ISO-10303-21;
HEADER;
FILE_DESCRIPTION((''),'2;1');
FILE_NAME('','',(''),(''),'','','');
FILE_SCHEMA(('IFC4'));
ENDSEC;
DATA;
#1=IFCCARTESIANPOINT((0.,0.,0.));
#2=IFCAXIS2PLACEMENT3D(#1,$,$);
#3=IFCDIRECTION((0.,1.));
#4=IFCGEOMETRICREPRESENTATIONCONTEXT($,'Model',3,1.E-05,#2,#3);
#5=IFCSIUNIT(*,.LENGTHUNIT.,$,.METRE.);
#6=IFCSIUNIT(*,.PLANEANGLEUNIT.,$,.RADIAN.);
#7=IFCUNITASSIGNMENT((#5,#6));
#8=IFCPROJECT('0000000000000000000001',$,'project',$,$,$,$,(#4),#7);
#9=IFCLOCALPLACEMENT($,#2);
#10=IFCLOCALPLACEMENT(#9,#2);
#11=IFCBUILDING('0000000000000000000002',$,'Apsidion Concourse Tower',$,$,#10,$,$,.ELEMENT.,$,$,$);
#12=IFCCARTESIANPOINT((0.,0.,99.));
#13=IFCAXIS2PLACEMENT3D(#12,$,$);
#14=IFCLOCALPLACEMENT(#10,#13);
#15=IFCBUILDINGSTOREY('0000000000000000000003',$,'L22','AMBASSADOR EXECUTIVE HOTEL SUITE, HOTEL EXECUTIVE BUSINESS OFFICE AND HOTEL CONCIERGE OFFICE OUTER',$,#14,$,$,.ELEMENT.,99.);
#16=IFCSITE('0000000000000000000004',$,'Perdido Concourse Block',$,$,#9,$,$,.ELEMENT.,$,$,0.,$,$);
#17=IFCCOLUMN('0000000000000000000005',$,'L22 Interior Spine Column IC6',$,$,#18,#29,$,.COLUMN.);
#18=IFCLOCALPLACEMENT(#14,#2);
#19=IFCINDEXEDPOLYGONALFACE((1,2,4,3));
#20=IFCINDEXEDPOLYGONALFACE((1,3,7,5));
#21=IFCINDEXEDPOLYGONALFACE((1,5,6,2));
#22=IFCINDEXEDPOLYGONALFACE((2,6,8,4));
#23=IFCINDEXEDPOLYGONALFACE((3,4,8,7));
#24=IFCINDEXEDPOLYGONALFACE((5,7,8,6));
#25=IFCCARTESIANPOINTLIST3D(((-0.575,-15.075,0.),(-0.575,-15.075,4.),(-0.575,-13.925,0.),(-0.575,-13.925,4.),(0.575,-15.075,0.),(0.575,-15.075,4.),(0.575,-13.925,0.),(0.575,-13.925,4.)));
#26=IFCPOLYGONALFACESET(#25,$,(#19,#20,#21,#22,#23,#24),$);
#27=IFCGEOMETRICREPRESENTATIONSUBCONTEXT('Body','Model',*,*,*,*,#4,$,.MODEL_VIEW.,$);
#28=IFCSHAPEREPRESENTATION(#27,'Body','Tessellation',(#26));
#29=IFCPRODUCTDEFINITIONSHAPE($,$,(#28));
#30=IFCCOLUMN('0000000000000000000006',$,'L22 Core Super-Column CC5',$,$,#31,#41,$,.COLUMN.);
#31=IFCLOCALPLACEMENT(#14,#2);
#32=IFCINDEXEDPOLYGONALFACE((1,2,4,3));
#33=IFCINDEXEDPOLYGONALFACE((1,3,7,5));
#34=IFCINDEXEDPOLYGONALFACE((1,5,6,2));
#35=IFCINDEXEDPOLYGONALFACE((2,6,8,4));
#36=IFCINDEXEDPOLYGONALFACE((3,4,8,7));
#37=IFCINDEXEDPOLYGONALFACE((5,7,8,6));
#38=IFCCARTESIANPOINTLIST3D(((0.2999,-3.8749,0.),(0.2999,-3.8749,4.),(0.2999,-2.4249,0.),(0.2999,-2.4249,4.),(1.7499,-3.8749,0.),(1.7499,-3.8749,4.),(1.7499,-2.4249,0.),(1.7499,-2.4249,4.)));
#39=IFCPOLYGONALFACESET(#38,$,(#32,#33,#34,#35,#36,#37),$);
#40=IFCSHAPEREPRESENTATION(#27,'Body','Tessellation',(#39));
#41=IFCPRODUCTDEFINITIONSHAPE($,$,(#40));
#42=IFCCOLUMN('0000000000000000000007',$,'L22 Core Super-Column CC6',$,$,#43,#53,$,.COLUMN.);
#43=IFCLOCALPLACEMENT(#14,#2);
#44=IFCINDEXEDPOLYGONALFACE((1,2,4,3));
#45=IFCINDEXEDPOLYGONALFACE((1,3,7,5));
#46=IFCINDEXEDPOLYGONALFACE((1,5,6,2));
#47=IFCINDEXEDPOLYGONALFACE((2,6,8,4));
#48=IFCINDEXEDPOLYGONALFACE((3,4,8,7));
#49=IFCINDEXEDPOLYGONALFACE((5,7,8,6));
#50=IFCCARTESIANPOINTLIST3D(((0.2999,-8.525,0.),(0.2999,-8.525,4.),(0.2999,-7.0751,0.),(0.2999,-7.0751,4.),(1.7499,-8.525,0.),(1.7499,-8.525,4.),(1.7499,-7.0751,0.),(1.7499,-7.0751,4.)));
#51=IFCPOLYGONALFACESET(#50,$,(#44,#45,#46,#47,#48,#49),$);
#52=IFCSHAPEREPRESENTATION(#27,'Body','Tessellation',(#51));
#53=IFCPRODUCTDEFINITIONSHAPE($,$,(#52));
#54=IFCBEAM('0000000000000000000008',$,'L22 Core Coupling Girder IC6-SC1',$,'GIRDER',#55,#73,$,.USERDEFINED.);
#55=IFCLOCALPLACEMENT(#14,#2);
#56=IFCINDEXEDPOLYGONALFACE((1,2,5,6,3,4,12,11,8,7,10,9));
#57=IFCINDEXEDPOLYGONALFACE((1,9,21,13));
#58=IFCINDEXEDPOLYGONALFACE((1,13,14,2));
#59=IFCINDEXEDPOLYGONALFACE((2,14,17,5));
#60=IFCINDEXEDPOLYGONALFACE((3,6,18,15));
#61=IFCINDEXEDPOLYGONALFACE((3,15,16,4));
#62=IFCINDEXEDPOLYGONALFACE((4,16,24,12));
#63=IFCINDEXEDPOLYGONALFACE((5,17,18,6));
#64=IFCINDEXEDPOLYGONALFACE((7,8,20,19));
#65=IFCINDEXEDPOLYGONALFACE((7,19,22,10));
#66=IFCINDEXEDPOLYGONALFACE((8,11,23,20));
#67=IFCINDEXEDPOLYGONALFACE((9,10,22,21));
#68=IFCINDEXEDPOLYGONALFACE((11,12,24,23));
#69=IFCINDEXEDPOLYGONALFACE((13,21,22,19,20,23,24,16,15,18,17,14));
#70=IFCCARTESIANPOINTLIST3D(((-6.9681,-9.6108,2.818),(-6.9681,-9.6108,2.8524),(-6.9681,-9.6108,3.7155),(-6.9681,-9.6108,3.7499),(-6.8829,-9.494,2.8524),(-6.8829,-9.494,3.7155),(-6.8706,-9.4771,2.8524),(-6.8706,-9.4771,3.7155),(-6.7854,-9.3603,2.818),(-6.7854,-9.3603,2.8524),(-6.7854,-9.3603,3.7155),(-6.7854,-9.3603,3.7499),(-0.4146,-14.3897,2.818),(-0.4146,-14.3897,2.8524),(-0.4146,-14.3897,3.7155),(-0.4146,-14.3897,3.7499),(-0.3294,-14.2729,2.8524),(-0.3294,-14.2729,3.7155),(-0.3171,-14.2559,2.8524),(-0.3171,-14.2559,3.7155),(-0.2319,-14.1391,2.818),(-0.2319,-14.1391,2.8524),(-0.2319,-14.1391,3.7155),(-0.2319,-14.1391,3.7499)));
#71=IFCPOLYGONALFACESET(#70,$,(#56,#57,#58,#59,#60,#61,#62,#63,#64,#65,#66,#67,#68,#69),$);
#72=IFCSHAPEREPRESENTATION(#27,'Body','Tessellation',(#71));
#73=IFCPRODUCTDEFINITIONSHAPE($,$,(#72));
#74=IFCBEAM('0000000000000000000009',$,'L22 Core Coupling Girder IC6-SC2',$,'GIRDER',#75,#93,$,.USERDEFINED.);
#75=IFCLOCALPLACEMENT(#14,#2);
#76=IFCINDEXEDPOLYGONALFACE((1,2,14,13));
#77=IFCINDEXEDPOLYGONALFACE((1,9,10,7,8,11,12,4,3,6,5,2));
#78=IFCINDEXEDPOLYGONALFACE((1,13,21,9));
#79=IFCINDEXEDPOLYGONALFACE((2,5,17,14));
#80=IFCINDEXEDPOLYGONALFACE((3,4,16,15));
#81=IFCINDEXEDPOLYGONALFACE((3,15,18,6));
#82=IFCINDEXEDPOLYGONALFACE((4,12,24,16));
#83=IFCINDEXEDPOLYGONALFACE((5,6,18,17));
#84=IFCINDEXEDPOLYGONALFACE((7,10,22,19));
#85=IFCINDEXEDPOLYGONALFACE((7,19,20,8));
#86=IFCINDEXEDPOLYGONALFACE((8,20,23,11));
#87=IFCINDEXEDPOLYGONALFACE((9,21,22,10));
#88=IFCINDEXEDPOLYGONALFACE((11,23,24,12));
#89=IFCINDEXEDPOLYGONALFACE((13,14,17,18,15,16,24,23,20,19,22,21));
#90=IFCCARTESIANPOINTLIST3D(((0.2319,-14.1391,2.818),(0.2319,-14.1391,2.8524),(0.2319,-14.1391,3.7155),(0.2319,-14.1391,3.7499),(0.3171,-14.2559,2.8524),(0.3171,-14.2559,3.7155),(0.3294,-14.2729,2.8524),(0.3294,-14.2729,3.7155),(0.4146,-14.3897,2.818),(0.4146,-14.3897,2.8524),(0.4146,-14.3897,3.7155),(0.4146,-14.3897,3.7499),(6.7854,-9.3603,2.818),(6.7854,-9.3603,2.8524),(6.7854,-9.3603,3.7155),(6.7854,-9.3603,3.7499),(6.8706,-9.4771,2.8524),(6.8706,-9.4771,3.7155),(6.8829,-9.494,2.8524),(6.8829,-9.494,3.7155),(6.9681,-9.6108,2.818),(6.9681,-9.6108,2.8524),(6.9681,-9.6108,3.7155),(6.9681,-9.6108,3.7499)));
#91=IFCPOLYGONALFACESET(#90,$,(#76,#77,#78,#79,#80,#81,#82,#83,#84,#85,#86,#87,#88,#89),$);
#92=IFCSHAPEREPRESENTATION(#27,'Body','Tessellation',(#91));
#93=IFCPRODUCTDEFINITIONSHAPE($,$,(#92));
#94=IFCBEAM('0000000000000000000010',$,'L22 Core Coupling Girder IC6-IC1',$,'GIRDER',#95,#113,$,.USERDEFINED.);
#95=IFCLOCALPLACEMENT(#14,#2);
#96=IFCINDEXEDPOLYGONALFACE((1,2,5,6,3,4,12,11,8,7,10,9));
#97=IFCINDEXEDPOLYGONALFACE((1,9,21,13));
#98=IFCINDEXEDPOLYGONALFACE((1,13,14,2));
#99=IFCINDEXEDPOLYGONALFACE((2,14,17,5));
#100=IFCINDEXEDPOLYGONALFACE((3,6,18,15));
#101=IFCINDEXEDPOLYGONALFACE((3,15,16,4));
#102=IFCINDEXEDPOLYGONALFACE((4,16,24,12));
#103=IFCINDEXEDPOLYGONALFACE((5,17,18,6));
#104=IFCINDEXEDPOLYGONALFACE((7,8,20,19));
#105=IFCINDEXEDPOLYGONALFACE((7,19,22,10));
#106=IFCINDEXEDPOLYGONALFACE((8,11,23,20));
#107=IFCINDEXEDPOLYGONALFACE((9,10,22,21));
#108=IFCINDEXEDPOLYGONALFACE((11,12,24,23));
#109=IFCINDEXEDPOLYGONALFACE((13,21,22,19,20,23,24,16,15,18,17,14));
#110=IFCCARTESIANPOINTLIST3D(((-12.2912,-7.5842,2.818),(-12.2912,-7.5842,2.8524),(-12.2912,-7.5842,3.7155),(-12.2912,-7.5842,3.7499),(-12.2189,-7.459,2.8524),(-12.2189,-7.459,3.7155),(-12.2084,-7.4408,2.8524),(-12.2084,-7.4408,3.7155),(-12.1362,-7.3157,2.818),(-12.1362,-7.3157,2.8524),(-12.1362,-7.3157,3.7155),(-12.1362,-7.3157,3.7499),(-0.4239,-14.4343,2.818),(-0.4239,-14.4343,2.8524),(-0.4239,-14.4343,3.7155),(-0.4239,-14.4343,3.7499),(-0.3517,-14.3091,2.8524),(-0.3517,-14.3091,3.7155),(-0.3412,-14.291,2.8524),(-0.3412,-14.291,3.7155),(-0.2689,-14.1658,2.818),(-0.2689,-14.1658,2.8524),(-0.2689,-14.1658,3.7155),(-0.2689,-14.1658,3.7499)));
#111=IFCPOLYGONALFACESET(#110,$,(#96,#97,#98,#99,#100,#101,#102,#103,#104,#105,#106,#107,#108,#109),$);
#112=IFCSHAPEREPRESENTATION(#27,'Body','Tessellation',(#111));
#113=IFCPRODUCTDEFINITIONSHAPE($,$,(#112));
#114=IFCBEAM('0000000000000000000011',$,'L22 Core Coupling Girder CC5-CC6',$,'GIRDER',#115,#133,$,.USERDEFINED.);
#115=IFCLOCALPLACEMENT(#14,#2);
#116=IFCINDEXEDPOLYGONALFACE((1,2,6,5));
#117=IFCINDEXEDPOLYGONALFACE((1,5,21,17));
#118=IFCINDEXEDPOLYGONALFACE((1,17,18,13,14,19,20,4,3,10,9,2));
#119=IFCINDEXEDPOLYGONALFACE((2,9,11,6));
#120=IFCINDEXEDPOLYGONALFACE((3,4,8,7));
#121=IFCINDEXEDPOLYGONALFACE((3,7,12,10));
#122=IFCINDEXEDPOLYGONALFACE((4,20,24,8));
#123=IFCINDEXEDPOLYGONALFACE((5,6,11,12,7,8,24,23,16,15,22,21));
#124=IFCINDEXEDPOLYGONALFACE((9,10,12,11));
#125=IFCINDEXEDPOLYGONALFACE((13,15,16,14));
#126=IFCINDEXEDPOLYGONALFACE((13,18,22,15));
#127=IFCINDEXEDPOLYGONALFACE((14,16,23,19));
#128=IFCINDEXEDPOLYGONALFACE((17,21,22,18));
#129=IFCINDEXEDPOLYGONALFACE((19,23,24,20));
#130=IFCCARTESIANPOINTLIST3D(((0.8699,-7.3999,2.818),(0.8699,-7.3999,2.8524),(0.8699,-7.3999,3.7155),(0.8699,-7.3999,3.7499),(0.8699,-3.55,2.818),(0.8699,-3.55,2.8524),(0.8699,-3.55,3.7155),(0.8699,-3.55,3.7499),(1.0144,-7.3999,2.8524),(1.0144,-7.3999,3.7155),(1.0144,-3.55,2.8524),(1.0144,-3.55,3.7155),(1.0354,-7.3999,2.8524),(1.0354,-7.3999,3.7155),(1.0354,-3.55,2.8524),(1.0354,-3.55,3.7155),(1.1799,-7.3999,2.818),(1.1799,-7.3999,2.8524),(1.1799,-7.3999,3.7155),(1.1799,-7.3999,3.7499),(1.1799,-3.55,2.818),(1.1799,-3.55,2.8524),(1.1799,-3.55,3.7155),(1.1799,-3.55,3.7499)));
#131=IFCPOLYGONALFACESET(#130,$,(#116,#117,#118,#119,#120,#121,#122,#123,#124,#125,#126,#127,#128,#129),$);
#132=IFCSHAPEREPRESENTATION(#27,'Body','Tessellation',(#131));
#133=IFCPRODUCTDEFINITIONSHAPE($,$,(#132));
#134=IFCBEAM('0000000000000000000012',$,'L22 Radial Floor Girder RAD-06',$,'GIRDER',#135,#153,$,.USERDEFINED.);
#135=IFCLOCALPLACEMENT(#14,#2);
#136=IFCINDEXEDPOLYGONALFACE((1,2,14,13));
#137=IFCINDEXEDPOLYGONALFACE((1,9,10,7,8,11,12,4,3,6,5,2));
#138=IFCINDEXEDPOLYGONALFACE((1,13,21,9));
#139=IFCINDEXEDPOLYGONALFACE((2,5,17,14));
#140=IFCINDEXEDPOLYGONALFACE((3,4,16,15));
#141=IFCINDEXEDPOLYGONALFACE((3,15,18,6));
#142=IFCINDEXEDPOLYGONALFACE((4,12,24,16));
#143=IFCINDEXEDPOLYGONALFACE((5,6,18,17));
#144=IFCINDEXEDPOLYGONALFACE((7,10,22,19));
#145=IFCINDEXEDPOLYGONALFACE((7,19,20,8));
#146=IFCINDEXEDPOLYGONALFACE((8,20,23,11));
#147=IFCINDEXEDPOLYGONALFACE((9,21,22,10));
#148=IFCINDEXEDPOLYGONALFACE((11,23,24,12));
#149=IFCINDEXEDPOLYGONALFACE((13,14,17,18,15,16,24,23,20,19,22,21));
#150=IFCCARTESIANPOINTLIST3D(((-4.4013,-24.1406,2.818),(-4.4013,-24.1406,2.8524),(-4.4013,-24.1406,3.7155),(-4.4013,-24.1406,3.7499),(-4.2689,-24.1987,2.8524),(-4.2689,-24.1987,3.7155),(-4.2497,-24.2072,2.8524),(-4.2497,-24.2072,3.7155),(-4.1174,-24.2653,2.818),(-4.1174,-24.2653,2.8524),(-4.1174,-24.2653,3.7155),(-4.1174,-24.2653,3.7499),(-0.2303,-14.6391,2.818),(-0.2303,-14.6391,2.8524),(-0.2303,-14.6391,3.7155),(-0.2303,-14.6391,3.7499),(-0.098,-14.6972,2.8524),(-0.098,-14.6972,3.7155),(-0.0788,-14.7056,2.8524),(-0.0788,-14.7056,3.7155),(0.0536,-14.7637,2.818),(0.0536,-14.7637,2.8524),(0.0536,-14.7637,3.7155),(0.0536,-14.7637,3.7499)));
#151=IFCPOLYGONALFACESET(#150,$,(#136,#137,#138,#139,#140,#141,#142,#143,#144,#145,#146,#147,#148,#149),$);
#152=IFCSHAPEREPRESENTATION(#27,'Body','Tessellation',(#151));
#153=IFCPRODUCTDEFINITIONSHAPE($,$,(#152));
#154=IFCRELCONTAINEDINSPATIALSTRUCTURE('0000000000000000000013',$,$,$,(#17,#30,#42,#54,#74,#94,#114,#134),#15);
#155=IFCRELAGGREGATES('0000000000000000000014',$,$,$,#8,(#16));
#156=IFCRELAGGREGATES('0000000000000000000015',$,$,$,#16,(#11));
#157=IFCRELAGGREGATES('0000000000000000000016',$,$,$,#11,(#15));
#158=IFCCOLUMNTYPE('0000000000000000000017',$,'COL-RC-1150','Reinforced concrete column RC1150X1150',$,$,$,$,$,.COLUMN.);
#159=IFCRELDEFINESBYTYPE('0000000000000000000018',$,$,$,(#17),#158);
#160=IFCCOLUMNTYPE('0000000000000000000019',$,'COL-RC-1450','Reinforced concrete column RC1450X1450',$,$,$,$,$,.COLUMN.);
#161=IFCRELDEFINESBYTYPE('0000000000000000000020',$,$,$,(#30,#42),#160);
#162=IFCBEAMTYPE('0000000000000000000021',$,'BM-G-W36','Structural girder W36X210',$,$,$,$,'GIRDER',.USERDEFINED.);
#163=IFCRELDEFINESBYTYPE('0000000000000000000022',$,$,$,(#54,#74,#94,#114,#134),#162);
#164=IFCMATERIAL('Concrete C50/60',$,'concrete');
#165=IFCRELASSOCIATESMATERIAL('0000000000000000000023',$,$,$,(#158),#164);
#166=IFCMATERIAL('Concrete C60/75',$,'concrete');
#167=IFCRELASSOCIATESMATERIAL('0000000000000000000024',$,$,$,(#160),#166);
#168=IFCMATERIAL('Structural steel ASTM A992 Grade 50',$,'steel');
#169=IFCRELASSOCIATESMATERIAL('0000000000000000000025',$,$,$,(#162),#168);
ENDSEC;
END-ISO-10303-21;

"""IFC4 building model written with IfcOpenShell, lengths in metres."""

from ifc_helpers import new_model, si_unit, direction, frame, origin, origin_2d, place, context, subcontext, project, spatial, rectangle, i_section, extrude, material, material_profile, profile_set, type_object, element, save


model = new_model("IFC4")

# Units and contexts
model_context = context("Model", 3, precision=1e-05, world=origin(), true_north=direction((0.0, 1.0)))
body_context = subcontext(model_context, "Body", "Model", "MODEL_VIEW")
ifc_project = project(units=[si_unit("LENGTHUNIT", "METRE"), si_unit("PLANEANGLEUNIT", "RADIAN")], contexts=[model_context])

# Site, building, storey
site_placement = place(None, origin())
site = spatial("IfcSite", under=ifc_project, at=site_placement, Name="Perdido Concourse Block", CompositionType="ELEMENT", RefElevation=0.0)
building_placement = place(site_placement, origin())
building = spatial("IfcBuilding", under=site, at=building_placement, Name="Apsidion Concourse Tower", CompositionType="ELEMENT")
storey_placement = place(building_placement, frame((0.0, 0.0, 99.0)))
storey = spatial("IfcBuildingStorey", under=building, at=storey_placement, Name="L22", Description="AMBASSADOR EXECUTIVE HOTEL SUITE, HOTEL EXECUTIVE BUSINESS OFFICE AND HOTEL CONCIERGE OFFICE OUTER", CompositionType="ELEMENT", Elevation=99.0)

# Columns
ifc_material_1 = material(Name="Concrete C50/60", Category="concrete")
ifc_material_profile_1 = material_profile(ifc_material_1, rectangle(XDim=1.1499, YDim=1.1499, at=origin_2d()), Name="RC 1150x1150")
ifc_profile_set_1 = profile_set([ifc_material_profile_1], Name="Concrete C50/60")
column_type_1 = type_object("IfcColumnType", Name="COL-RC-1150", Description="Reinforced concrete column RC1150X1150", PredefinedType="COLUMN", material=ifc_profile_set_1)
column_placement = place(storey_placement, frame((0.0, -14.5, 0.0), z_axis=(0.0, 0.0, 1.0), x_axis=(1.0, 0.0, 0.0)))
element("IfcColumn", 1, at=column_placement, inside=storey, type_object=column_type_1, Name="L22 Interior Spine Column IC6", PredefinedType="COLUMN", context=body_context, shape_type="SweptSolid", body=[
    extrude(rectangle(XDim=1.1499, YDim=1.1499, at=origin_2d()), origin(), (0.0, 0.0, 1.0), 4.0),
])
ifc_material_2 = material(Name="Concrete C60/75", Category="concrete")
ifc_material_profile_2 = material_profile(ifc_material_2, rectangle(XDim=1.45, YDim=1.45, at=origin_2d()), Name="RC 1450x1450")
ifc_profile_set_2 = profile_set([ifc_material_profile_2], Name="Concrete C60/75")
column_type_2 = type_object("IfcColumnType", Name="COL-RC-1450", Description="Reinforced concrete column RC1450X1450", PredefinedType="COLUMN", material=ifc_profile_set_2)
for number, where, z_axis, x_axis, name in (
    (2, (1.0249, -3.1499, 0.0), (0.0, 0.0, 1.0), (1.0, 0.0, 0.0), "L22 Core Super-Column CC5"),
    (3, (1.0249, -7.8, 0.0), (0.0, 0.0, 1.0), (1.0, 0.0, 0.0), "L22 Core Super-Column CC6"),
):
    element("IfcColumn", number, at=place(storey_placement, frame(where, z_axis=z_axis, x_axis=x_axis)), inside=storey, type_object=column_type_2, Name=name, PredefinedType="COLUMN", context=body_context, shape_type="SweptSolid", body=[
        extrude(rectangle(XDim=1.45, YDim=1.45, at=origin_2d()), origin(), (0.0, 0.0, 1.0), 4.0),
    ])

# Beams
ifc_material_3 = material(Name="Structural steel ASTM A992 Grade 50", Category="steel")
ifc_material_profile_3 = material_profile(ifc_material_3, i_section(OverallWidth=0.3101, OverallDepth=0.9319, WebThickness=0.021, FlangeThickness=0.0344, at=origin_2d()), Name="W36X210")
ifc_profile_set_3 = profile_set([ifc_material_profile_3], Name="Structural steel ASTM A992 Grade 50")
beam_type = type_object("IfcBeamType", Name="BM-G-W36", Description="Structural girder W36X210", ElementType="GIRDER", PredefinedType="USERDEFINED", material=ifc_profile_set_3)
for number, where, z_axis, x_axis, name in (
    (4, (-0.3232, -14.2644, 3.2839), (-0.807993, 0.589191, 0.0), (-0.589191, -0.807993, 0.0), "L22 Core Coupling Girder IC6-SC1"),
    (5, (0.3232, -14.2644, 3.2839), (0.807993, 0.589191, 0.0), (-0.589191, 0.807993, 0.0), "L22 Core Coupling Girder IC6-SC2"),
):
    element("IfcBeam", number, at=place(storey_placement, frame(where, z_axis=z_axis, x_axis=x_axis)), inside=storey, type_object=beam_type, Name=name, ObjectType="GIRDER", PredefinedType="USERDEFINED", context=body_context, shape_type="SweptSolid", body=[
        extrude(i_section(OverallWidth=0.3101, OverallDepth=0.9319, WebThickness=0.021, FlangeThickness=0.0344, at=origin_2d()), origin(), (0.0, 0.0, 1.0), 8.1108),
    ])
beam_1_placement = place(storey_placement, frame((-0.3464, -14.3, 3.2839), z_axis=(-0.86607, 0.499922, 0.0), x_axis=(-0.499922, -0.86607, 0.0)))
element("IfcBeam", 6, at=beam_1_placement, inside=storey, type_object=beam_type, Name="L22 Core Coupling Girder IC6-IC1", ObjectType="GIRDER", PredefinedType="USERDEFINED", context=body_context, shape_type="SweptSolid", body=[
    extrude(i_section(OverallWidth=0.3101, OverallDepth=0.9319, WebThickness=0.021, FlangeThickness=0.0344, at=origin_2d()), origin(), (0.0, 0.0, 1.0), 13.7024),
])
beam_2_placement = place(storey_placement, frame((1.0249, -3.55, 3.2839), z_axis=(0.0, -1.0, 0.0), x_axis=(1.0, 0.0, 0.0)))
element("IfcBeam", 7, at=beam_2_placement, inside=storey, type_object=beam_type, Name="L22 Core Coupling Girder CC5-CC6", ObjectType="GIRDER", PredefinedType="USERDEFINED", context=body_context, shape_type="SweptSolid", body=[
    extrude(i_section(OverallWidth=0.3101, OverallDepth=0.9319, WebThickness=0.021, FlangeThickness=0.0344, at=origin_2d()), origin(), (0.0, 0.0, 1.0), 3.8499),
])
beam_3_placement = place(storey_placement, frame((-0.0884, -14.7014, 3.2839), z_axis=(-0.401952, -0.915661, 0.0), x_axis=(0.915661, -0.401952, 0.0)))
element("IfcBeam", 8, at=beam_3_placement, inside=storey, type_object=beam_type, Name="L22 Radial Floor Girder RAD-06", ObjectType="GIRDER", PredefinedType="USERDEFINED", context=body_context, shape_type="SweptSolid", body=[
    extrude(i_section(OverallWidth=0.3101, OverallDepth=0.9319, WebThickness=0.021, FlangeThickness=0.0344, at=origin_2d()), origin(), (0.0, 0.0, 1.0), 10.3767),
])

save(model, "model.ifc")
